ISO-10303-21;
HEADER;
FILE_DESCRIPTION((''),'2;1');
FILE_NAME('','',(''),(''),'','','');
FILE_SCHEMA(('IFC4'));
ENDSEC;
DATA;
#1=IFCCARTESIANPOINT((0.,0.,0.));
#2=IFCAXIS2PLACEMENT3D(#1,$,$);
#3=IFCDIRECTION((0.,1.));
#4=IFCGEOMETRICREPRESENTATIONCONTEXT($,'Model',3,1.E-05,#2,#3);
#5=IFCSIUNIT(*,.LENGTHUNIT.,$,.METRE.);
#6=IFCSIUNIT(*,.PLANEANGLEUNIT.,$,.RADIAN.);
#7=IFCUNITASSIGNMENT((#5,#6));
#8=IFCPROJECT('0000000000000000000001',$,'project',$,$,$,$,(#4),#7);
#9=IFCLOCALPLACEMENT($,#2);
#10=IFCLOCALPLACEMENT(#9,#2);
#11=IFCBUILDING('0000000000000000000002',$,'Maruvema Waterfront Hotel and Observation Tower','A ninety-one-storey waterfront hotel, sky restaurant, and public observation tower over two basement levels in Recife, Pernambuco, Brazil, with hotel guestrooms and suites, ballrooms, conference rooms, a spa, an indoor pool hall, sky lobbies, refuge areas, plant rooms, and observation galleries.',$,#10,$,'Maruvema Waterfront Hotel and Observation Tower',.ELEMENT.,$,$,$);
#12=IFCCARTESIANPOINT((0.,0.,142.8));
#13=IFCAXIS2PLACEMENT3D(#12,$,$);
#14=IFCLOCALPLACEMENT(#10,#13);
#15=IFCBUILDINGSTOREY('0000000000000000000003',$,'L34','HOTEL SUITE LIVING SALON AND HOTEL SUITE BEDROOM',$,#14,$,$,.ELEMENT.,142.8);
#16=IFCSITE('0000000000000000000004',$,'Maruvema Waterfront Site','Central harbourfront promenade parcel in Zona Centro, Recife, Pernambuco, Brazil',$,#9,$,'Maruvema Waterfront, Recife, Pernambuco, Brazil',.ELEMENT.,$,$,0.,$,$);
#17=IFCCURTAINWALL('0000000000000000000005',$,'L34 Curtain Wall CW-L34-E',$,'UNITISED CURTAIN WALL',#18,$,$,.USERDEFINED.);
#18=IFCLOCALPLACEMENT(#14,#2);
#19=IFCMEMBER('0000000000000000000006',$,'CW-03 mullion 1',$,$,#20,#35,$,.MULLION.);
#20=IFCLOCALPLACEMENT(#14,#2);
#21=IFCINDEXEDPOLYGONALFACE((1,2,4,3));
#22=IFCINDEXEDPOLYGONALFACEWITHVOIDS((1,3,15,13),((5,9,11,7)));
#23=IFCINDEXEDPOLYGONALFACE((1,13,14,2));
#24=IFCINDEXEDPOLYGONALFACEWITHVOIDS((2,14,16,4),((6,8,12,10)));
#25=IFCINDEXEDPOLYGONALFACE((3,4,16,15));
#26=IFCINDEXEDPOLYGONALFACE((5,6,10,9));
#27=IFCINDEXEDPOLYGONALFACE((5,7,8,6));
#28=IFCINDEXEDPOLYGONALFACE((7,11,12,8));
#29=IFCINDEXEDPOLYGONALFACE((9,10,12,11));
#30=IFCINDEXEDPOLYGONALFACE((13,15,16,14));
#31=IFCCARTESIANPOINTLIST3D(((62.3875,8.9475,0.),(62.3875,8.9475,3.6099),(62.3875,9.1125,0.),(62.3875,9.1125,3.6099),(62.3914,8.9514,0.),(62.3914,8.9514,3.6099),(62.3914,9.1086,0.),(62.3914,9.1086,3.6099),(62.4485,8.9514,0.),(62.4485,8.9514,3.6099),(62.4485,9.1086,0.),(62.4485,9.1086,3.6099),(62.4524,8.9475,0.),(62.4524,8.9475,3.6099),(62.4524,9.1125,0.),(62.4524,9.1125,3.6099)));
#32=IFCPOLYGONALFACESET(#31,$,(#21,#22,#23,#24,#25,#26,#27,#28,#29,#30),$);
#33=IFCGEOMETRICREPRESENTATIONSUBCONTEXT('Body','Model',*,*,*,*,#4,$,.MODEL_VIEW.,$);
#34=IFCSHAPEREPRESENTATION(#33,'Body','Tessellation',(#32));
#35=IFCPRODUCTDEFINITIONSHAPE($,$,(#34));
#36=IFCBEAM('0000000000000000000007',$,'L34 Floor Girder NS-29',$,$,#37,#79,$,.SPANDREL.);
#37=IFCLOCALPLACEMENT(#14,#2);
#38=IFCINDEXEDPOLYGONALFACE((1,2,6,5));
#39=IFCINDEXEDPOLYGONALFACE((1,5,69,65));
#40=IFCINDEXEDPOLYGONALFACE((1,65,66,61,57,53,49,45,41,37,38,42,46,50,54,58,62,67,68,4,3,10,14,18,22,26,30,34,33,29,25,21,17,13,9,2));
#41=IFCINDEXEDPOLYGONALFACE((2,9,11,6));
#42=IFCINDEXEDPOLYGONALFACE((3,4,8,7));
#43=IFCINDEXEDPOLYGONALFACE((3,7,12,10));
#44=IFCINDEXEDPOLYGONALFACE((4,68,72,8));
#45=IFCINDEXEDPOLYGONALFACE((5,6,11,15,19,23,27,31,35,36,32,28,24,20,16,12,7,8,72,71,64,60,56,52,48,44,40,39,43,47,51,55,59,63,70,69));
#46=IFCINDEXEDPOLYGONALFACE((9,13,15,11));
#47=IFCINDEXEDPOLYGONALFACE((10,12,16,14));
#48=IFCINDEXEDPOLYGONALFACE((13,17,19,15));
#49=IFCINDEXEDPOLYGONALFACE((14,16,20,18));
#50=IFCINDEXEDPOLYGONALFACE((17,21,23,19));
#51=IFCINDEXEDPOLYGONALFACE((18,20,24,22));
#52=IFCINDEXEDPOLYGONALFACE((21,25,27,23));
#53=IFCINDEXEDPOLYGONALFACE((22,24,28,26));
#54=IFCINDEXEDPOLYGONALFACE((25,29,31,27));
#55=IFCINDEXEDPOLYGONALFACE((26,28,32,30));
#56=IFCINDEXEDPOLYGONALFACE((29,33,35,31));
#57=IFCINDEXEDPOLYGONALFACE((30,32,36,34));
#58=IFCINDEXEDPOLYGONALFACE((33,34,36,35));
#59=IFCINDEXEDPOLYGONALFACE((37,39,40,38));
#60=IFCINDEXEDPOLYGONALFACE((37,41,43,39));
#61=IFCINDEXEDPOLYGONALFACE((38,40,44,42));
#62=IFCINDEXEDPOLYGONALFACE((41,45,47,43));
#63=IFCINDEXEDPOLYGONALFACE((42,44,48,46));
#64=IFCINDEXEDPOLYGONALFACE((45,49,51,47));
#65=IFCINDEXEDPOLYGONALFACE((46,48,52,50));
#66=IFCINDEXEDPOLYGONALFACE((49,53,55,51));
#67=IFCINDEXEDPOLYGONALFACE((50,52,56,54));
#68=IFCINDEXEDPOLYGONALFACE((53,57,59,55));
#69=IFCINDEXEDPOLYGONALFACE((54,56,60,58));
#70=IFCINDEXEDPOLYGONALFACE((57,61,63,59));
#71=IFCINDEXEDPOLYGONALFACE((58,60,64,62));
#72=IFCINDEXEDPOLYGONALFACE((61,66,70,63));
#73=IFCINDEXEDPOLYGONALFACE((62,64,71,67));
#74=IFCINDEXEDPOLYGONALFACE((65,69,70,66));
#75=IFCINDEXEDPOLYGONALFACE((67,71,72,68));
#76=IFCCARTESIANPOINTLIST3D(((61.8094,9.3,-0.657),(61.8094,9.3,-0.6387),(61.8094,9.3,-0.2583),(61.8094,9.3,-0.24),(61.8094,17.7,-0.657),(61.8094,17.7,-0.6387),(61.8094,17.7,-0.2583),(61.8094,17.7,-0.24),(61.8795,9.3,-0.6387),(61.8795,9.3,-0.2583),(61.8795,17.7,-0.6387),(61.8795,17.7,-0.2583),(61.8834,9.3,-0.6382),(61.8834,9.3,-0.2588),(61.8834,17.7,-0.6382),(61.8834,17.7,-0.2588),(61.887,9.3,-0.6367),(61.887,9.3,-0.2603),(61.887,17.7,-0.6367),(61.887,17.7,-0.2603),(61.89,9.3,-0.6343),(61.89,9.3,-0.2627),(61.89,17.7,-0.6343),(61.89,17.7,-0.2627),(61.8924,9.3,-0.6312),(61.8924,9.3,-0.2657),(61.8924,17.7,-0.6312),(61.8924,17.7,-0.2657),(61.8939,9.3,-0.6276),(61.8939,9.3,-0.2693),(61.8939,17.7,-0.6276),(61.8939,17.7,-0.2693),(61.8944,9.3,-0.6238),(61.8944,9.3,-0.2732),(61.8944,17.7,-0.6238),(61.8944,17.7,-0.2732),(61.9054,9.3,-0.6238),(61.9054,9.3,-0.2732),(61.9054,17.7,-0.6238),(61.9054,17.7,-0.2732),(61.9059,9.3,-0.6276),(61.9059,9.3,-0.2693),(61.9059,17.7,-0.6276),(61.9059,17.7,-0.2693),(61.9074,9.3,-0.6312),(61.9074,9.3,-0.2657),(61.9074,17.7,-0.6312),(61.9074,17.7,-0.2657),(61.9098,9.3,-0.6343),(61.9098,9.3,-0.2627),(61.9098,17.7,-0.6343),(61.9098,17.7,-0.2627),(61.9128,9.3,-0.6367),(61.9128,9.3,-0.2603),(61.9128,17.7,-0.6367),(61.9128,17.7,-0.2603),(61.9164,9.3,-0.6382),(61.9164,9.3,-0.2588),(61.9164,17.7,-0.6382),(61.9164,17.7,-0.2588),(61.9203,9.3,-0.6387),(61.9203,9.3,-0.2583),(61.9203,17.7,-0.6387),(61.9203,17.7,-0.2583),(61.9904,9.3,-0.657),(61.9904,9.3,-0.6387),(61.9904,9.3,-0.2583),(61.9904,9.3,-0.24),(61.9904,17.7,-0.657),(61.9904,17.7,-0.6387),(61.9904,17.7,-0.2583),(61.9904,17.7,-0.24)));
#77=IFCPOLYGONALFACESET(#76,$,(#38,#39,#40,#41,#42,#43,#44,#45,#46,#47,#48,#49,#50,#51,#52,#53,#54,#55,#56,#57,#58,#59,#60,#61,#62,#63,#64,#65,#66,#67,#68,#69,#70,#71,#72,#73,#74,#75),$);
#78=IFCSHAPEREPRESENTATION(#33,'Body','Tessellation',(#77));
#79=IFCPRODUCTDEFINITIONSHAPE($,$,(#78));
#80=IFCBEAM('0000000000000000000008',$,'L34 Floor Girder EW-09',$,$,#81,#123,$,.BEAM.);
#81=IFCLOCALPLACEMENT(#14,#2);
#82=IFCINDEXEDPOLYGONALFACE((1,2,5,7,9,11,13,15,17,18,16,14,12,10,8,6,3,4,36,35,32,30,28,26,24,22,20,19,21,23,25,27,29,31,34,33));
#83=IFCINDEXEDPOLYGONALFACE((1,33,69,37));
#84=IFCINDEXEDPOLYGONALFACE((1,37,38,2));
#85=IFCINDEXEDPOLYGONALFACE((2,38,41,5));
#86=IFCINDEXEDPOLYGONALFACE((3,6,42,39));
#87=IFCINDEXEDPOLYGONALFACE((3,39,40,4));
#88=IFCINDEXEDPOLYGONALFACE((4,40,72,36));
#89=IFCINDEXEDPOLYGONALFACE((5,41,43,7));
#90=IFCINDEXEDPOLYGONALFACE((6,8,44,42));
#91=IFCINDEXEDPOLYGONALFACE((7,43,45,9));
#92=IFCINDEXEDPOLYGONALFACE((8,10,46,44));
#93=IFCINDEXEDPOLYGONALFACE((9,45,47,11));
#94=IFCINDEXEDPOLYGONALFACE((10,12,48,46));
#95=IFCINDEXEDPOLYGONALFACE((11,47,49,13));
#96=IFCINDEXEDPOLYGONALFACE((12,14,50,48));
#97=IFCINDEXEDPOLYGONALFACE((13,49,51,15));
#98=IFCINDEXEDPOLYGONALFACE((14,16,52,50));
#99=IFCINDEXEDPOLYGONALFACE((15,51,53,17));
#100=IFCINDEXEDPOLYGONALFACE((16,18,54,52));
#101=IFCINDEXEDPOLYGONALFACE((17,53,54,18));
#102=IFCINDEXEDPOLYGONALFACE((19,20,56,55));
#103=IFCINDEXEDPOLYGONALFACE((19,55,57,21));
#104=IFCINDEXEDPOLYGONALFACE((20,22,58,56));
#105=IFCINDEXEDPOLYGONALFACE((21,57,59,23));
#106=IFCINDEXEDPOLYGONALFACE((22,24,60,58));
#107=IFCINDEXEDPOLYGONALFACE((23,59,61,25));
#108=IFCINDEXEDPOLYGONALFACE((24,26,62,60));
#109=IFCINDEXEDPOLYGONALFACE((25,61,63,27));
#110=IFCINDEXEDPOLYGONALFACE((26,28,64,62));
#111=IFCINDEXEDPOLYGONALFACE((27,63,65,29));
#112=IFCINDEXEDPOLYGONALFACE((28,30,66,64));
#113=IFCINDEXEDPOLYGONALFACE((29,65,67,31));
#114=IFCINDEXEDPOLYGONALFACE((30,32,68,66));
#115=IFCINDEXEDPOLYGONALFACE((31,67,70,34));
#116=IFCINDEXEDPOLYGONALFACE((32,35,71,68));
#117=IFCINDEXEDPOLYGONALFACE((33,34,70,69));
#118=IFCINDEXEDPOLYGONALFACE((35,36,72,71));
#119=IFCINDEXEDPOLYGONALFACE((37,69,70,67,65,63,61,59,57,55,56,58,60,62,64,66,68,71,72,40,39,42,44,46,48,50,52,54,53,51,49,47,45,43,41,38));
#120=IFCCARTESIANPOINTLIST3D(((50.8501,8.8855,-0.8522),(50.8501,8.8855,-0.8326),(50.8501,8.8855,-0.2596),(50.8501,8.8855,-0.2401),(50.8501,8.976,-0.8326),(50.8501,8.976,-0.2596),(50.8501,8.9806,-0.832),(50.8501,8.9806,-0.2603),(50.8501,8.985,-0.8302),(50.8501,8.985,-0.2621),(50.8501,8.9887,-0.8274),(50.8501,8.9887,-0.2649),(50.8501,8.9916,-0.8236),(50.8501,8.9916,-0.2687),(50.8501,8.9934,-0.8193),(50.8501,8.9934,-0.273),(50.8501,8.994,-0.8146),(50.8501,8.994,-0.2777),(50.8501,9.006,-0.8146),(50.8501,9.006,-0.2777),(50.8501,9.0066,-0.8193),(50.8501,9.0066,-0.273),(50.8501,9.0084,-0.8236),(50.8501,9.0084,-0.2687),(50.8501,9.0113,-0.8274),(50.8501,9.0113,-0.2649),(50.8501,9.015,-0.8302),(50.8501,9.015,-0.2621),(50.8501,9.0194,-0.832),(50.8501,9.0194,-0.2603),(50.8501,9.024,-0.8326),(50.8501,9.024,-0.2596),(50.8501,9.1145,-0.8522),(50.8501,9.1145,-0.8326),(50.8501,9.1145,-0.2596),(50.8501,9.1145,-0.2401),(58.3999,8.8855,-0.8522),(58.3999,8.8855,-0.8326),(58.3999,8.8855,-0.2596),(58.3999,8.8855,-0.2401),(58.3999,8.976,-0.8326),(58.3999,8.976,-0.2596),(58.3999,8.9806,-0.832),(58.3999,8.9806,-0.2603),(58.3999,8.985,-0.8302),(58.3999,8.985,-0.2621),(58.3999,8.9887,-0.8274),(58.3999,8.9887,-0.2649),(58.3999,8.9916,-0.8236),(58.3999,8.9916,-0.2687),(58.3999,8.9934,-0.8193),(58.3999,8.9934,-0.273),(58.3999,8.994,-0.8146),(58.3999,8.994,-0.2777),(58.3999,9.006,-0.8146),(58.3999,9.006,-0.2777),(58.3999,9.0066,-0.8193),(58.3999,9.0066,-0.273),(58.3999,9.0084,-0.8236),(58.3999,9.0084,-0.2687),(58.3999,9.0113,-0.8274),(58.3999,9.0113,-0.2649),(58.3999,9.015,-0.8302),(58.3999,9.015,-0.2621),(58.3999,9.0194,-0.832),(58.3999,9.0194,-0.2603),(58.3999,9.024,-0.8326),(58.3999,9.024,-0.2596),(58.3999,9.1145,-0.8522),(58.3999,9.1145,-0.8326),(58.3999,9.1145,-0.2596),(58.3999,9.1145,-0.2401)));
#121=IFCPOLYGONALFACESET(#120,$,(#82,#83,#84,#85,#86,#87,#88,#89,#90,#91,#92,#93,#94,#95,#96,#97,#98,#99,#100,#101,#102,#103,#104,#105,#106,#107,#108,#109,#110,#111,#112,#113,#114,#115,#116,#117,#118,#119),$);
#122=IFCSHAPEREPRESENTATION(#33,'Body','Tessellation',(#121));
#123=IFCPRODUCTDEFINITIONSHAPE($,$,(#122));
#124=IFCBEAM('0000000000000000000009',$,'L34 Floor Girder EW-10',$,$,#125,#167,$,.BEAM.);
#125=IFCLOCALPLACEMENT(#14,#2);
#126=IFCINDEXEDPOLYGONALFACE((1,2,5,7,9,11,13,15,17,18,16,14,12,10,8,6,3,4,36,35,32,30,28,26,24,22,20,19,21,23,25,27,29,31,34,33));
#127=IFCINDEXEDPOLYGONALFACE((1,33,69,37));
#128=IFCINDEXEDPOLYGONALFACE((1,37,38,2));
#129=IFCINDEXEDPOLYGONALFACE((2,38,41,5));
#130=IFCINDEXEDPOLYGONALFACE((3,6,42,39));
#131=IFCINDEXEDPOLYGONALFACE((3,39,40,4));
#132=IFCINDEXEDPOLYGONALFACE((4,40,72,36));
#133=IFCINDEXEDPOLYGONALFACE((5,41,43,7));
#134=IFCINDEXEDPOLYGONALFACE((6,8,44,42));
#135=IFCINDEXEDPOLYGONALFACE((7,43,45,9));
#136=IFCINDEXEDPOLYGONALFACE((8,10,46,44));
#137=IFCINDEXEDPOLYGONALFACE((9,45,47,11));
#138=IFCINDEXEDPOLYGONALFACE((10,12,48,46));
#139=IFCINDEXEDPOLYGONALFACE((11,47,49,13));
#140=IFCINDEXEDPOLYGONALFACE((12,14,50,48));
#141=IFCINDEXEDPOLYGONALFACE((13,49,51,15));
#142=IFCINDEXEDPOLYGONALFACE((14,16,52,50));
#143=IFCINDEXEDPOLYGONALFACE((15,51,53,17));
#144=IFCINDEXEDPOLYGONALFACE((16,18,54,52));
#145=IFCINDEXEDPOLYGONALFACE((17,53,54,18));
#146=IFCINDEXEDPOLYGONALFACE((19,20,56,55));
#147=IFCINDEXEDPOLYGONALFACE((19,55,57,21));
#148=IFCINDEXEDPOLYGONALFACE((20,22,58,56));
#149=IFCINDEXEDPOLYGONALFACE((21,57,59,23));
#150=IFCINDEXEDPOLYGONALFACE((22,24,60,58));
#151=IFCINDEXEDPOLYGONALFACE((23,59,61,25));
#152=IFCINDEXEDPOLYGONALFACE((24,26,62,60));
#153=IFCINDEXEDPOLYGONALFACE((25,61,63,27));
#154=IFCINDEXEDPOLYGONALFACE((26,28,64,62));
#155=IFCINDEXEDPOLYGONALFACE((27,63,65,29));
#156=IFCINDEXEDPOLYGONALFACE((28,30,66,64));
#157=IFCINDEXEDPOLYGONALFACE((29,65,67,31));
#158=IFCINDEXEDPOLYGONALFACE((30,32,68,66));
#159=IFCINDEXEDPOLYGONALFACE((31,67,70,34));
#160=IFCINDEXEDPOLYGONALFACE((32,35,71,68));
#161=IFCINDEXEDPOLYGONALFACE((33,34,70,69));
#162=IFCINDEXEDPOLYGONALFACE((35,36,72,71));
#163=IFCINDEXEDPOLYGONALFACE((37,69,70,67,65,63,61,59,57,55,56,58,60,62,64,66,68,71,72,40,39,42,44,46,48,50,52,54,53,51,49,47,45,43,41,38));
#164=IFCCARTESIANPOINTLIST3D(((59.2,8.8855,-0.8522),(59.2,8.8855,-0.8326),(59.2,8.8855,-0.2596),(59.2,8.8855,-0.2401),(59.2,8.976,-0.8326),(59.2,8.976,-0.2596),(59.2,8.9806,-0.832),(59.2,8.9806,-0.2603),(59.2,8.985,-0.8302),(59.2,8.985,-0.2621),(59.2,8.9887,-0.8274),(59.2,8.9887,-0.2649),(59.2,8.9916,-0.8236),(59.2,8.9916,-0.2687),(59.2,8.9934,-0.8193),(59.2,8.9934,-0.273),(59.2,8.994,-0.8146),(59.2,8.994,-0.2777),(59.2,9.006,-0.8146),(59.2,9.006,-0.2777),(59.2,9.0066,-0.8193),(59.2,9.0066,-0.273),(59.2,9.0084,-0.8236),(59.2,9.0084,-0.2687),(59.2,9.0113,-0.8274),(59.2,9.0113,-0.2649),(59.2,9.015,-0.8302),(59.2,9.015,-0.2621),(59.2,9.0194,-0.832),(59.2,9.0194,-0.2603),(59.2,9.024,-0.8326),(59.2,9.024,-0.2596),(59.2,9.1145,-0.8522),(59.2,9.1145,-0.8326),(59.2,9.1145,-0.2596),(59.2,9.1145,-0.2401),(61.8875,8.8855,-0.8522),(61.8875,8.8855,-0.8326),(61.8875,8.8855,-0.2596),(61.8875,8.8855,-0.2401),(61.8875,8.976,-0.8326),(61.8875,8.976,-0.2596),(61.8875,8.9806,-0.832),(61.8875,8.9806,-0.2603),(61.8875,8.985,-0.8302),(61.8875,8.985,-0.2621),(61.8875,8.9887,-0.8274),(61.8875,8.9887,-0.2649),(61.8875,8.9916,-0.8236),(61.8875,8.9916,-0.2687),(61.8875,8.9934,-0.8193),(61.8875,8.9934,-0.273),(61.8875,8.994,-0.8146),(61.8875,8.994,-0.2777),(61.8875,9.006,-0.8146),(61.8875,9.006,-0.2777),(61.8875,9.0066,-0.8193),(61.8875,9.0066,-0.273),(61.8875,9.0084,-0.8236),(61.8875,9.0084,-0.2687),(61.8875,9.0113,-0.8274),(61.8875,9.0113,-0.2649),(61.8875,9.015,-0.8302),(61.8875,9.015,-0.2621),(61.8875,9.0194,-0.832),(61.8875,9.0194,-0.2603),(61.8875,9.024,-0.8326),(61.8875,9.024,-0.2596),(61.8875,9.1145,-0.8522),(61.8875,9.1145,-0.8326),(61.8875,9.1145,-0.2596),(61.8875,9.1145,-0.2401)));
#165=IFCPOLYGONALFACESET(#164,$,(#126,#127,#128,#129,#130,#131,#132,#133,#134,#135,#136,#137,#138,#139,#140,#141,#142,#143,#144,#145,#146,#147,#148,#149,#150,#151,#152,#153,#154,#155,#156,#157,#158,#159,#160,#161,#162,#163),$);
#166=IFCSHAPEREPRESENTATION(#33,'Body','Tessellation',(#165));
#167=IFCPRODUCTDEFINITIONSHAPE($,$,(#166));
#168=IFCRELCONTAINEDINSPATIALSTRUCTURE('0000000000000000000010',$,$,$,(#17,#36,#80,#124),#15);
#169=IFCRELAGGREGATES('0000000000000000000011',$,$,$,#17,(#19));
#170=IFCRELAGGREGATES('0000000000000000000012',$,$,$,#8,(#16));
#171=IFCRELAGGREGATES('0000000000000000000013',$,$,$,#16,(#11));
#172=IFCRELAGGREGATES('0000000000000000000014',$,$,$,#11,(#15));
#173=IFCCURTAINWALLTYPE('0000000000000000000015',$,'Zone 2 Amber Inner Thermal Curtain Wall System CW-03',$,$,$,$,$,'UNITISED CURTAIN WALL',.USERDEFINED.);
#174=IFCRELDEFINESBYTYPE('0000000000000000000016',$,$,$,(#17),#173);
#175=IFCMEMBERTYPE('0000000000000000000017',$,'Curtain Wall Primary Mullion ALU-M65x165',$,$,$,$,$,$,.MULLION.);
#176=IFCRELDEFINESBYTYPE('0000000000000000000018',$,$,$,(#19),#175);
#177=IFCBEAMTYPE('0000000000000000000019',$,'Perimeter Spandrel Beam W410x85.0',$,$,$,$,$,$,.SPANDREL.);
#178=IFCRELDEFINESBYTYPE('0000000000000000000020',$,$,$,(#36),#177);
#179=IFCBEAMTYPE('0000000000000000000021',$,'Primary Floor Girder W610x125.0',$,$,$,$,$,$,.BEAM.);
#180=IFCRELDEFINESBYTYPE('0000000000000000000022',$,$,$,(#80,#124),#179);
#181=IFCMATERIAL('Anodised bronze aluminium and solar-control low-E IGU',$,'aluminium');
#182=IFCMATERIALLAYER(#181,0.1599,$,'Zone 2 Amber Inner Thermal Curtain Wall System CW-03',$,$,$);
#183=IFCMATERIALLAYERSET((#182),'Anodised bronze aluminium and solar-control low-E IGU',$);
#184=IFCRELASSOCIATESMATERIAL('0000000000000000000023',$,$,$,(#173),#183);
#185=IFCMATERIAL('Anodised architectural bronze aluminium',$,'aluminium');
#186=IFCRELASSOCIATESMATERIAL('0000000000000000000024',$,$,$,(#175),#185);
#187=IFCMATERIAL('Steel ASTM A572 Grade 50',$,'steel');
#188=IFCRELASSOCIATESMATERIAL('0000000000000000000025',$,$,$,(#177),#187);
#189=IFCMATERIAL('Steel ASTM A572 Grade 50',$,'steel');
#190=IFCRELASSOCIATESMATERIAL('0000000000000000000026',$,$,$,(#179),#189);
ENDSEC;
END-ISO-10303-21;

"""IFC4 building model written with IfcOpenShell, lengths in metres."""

from ifc_helpers import new_model, si_unit, direction, frame, origin, origin_2d, place, context, subcontext, project, spatial, hollow_rectangle, i_section, extrude, material, layer, layer_set, material_profile, profile_set, type_object, element, aggregate, save


model = new_model("IFC4")

# Units and contexts
model_context = context("Model", 3, precision=1e-05, world=origin(), true_north=direction((0.0, 1.0)))
body_context = subcontext(model_context, "Body", "Model", "MODEL_VIEW")
ifc_project = project(units=[si_unit("LENGTHUNIT", "METRE"), si_unit("PLANEANGLEUNIT", "RADIAN")], contexts=[model_context])

# Site, building, storey
site_placement = place(None, origin())
site = spatial("IfcSite", under=ifc_project, at=site_placement, Name="Maruvema Waterfront Site", Description="Central harbourfront promenade parcel in Zona Centro, Recife, Pernambuco, Brazil", LongName="Maruvema Waterfront, Recife, Pernambuco, Brazil", CompositionType="ELEMENT", RefElevation=0.0)
building_placement = place(site_placement, origin())
building = spatial("IfcBuilding", under=site, at=building_placement, Name="Maruvema Waterfront Hotel and Observation Tower", Description="A ninety-one-storey waterfront hotel, sky restaurant, and public observation tower over two basement levels in Recife, Pernambuco, Brazil, with hotel guestrooms and suites, ballrooms, conference rooms, a spa, an indoor pool hall, sky lobbies, refuge areas, plant rooms, and observation galleries.", LongName="Maruvema Waterfront Hotel and Observation Tower", CompositionType="ELEMENT")
storey_placement = place(building_placement, frame((0.0, 0.0, 142.8)))
storey = spatial("IfcBuildingStorey", under=building, at=storey_placement, Name="L34", Description="HOTEL SUITE LIVING SALON AND HOTEL SUITE BEDROOM", CompositionType="ELEMENT", Elevation=142.8)

# Curtain wall
ifc_material_1 = material(Name="Anodised bronze aluminium and solar-control low-E IGU", Category="aluminium")
ifc_layer_1 = layer(ifc_material_1, 0.1599, Name="Zone 2 Amber Inner Thermal Curtain Wall System CW-03")
ifc_layer_set_1 = layer_set([ifc_layer_1], Name="Anodised bronze aluminium and solar-control low-E IGU")
curtain_wall_type = type_object("IfcCurtainWallType", Name="Zone 2 Amber Inner Thermal Curtain Wall System CW-03", ElementType="UNITISED CURTAIN WALL", PredefinedType="USERDEFINED", material=ifc_layer_set_1)
curtain_wall_1_placement = place(storey_placement, origin())
curtain_wall_1 = element("IfcCurtainWall", 1, at=curtain_wall_1_placement, inside=storey, type_object=curtain_wall_type, Name="L34 Curtain Wall CW-L34-E", ObjectType="UNITISED CURTAIN WALL", PredefinedType="USERDEFINED")

# Member
ifc_material_2 = material(Name="Anodised architectural bronze aluminium", Category="aluminium")
ifc_material_profile_1 = material_profile(ifc_material_2, hollow_rectangle(XDim=0.0649, YDim=0.165, WallThickness=0.0039, at=origin_2d()), Name="ALU-M65x165")
ifc_profile_set_1 = profile_set([ifc_material_profile_1], Name="Anodised architectural bronze aluminium")
member_type_1 = type_object("IfcMemberType", Name="Curtain Wall Primary Mullion ALU-M65x165", PredefinedType="MULLION", material=ifc_profile_set_1)
member_1_placement = place(storey_placement, frame((62.4199, 9.03, 0.0), z_axis=(0.0, 0.0, 1.0), x_axis=(-1.0, 0.0, 0.0)))
member_1 = element("IfcMember", 2, at=member_1_placement, type_object=member_type_1, Name="CW-03 mullion 1", PredefinedType="MULLION", context=body_context, shape_type="SweptSolid", body=[
    extrude(hollow_rectangle(XDim=0.0649, YDim=0.165, WallThickness=0.0039, at=origin_2d()), origin(), (0.0, 0.0, 1.0), 3.6099),
])

# Beams
ifc_material_3 = material(Name="Steel ASTM A572 Grade 50", Category="steel")
ifc_material_profile_2 = material_profile(ifc_material_3, i_section(OverallWidth=0.1809, OverallDepth=0.417, WebThickness=0.011, FlangeThickness=0.0183, FilletRadius=0.0149, at=origin_2d()), Name="W410x85.0")
ifc_profile_set_2 = profile_set([ifc_material_profile_2], Name="Steel ASTM A572 Grade 50")
beam_type_1 = type_object("IfcBeamType", Name="Perimeter Spandrel Beam W410x85.0", PredefinedType="SPANDREL", material=ifc_profile_set_2)
beam_1_placement = place(storey_placement, frame((61.8999, 9.3, -0.4485), z_axis=(0.0, 1.0, 0.0), x_axis=(-1.0, 0.0, 0.0)))
element("IfcBeam", 3, at=beam_1_placement, inside=storey, type_object=beam_type_1, Name="L34 Floor Girder NS-29", PredefinedType="SPANDREL", context=body_context, shape_type="SweptSolid", body=[
    extrude(i_section(OverallWidth=0.1809, OverallDepth=0.417, WebThickness=0.011, FlangeThickness=0.0183, FilletRadius=0.0149, at=origin_2d()), origin(), (0.0, 0.0, 1.0), 8.3999),
])
ifc_material_4 = material(Name="Steel ASTM A572 Grade 50", Category="steel")
ifc_material_profile_3 = material_profile(ifc_material_4, i_section(OverallWidth=0.229, OverallDepth=0.6121, WebThickness=0.012, FlangeThickness=0.0195, FilletRadius=0.0181, at=origin_2d()), Name="W610x125.0")
ifc_profile_set_3 = profile_set([ifc_material_profile_3], Name="Steel ASTM A572 Grade 50")
beam_type_2 = type_object("IfcBeamType", Name="Primary Floor Girder W610x125.0", PredefinedType="BEAM", material=ifc_profile_set_3)
beam_2_placement = place(storey_placement, frame((50.8501, 9.0, -0.5461), z_axis=(1.0, 0.0, 0.0), x_axis=(0.0, 1.0, 0.0)))
element("IfcBeam", 4, at=beam_2_placement, inside=storey, type_object=beam_type_2, Name="L34 Floor Girder EW-09", PredefinedType="BEAM", context=body_context, shape_type="SweptSolid", body=[
    extrude(i_section(OverallWidth=0.229, OverallDepth=0.6121, WebThickness=0.012, FlangeThickness=0.0195, FilletRadius=0.0181, at=origin_2d()), origin(), (0.0, 0.0, 1.0), 7.5498),
])
beam_3_placement = place(storey_placement, frame((59.2, 9.0, -0.5461), z_axis=(1.0, 0.0, 0.0), x_axis=(0.0, 1.0, 0.0)))
element("IfcBeam", 5, at=beam_3_placement, inside=storey, type_object=beam_type_2, Name="L34 Floor Girder EW-10", PredefinedType="BEAM", context=body_context, shape_type="SweptSolid", body=[
    extrude(i_section(OverallWidth=0.229, OverallDepth=0.6121, WebThickness=0.012, FlangeThickness=0.0195, FilletRadius=0.0181, at=origin_2d()), origin(), (0.0, 0.0, 1.0), 2.6875),
])

aggregate(curtain_wall_1, [member_1])

save(model, "model.ifc")
